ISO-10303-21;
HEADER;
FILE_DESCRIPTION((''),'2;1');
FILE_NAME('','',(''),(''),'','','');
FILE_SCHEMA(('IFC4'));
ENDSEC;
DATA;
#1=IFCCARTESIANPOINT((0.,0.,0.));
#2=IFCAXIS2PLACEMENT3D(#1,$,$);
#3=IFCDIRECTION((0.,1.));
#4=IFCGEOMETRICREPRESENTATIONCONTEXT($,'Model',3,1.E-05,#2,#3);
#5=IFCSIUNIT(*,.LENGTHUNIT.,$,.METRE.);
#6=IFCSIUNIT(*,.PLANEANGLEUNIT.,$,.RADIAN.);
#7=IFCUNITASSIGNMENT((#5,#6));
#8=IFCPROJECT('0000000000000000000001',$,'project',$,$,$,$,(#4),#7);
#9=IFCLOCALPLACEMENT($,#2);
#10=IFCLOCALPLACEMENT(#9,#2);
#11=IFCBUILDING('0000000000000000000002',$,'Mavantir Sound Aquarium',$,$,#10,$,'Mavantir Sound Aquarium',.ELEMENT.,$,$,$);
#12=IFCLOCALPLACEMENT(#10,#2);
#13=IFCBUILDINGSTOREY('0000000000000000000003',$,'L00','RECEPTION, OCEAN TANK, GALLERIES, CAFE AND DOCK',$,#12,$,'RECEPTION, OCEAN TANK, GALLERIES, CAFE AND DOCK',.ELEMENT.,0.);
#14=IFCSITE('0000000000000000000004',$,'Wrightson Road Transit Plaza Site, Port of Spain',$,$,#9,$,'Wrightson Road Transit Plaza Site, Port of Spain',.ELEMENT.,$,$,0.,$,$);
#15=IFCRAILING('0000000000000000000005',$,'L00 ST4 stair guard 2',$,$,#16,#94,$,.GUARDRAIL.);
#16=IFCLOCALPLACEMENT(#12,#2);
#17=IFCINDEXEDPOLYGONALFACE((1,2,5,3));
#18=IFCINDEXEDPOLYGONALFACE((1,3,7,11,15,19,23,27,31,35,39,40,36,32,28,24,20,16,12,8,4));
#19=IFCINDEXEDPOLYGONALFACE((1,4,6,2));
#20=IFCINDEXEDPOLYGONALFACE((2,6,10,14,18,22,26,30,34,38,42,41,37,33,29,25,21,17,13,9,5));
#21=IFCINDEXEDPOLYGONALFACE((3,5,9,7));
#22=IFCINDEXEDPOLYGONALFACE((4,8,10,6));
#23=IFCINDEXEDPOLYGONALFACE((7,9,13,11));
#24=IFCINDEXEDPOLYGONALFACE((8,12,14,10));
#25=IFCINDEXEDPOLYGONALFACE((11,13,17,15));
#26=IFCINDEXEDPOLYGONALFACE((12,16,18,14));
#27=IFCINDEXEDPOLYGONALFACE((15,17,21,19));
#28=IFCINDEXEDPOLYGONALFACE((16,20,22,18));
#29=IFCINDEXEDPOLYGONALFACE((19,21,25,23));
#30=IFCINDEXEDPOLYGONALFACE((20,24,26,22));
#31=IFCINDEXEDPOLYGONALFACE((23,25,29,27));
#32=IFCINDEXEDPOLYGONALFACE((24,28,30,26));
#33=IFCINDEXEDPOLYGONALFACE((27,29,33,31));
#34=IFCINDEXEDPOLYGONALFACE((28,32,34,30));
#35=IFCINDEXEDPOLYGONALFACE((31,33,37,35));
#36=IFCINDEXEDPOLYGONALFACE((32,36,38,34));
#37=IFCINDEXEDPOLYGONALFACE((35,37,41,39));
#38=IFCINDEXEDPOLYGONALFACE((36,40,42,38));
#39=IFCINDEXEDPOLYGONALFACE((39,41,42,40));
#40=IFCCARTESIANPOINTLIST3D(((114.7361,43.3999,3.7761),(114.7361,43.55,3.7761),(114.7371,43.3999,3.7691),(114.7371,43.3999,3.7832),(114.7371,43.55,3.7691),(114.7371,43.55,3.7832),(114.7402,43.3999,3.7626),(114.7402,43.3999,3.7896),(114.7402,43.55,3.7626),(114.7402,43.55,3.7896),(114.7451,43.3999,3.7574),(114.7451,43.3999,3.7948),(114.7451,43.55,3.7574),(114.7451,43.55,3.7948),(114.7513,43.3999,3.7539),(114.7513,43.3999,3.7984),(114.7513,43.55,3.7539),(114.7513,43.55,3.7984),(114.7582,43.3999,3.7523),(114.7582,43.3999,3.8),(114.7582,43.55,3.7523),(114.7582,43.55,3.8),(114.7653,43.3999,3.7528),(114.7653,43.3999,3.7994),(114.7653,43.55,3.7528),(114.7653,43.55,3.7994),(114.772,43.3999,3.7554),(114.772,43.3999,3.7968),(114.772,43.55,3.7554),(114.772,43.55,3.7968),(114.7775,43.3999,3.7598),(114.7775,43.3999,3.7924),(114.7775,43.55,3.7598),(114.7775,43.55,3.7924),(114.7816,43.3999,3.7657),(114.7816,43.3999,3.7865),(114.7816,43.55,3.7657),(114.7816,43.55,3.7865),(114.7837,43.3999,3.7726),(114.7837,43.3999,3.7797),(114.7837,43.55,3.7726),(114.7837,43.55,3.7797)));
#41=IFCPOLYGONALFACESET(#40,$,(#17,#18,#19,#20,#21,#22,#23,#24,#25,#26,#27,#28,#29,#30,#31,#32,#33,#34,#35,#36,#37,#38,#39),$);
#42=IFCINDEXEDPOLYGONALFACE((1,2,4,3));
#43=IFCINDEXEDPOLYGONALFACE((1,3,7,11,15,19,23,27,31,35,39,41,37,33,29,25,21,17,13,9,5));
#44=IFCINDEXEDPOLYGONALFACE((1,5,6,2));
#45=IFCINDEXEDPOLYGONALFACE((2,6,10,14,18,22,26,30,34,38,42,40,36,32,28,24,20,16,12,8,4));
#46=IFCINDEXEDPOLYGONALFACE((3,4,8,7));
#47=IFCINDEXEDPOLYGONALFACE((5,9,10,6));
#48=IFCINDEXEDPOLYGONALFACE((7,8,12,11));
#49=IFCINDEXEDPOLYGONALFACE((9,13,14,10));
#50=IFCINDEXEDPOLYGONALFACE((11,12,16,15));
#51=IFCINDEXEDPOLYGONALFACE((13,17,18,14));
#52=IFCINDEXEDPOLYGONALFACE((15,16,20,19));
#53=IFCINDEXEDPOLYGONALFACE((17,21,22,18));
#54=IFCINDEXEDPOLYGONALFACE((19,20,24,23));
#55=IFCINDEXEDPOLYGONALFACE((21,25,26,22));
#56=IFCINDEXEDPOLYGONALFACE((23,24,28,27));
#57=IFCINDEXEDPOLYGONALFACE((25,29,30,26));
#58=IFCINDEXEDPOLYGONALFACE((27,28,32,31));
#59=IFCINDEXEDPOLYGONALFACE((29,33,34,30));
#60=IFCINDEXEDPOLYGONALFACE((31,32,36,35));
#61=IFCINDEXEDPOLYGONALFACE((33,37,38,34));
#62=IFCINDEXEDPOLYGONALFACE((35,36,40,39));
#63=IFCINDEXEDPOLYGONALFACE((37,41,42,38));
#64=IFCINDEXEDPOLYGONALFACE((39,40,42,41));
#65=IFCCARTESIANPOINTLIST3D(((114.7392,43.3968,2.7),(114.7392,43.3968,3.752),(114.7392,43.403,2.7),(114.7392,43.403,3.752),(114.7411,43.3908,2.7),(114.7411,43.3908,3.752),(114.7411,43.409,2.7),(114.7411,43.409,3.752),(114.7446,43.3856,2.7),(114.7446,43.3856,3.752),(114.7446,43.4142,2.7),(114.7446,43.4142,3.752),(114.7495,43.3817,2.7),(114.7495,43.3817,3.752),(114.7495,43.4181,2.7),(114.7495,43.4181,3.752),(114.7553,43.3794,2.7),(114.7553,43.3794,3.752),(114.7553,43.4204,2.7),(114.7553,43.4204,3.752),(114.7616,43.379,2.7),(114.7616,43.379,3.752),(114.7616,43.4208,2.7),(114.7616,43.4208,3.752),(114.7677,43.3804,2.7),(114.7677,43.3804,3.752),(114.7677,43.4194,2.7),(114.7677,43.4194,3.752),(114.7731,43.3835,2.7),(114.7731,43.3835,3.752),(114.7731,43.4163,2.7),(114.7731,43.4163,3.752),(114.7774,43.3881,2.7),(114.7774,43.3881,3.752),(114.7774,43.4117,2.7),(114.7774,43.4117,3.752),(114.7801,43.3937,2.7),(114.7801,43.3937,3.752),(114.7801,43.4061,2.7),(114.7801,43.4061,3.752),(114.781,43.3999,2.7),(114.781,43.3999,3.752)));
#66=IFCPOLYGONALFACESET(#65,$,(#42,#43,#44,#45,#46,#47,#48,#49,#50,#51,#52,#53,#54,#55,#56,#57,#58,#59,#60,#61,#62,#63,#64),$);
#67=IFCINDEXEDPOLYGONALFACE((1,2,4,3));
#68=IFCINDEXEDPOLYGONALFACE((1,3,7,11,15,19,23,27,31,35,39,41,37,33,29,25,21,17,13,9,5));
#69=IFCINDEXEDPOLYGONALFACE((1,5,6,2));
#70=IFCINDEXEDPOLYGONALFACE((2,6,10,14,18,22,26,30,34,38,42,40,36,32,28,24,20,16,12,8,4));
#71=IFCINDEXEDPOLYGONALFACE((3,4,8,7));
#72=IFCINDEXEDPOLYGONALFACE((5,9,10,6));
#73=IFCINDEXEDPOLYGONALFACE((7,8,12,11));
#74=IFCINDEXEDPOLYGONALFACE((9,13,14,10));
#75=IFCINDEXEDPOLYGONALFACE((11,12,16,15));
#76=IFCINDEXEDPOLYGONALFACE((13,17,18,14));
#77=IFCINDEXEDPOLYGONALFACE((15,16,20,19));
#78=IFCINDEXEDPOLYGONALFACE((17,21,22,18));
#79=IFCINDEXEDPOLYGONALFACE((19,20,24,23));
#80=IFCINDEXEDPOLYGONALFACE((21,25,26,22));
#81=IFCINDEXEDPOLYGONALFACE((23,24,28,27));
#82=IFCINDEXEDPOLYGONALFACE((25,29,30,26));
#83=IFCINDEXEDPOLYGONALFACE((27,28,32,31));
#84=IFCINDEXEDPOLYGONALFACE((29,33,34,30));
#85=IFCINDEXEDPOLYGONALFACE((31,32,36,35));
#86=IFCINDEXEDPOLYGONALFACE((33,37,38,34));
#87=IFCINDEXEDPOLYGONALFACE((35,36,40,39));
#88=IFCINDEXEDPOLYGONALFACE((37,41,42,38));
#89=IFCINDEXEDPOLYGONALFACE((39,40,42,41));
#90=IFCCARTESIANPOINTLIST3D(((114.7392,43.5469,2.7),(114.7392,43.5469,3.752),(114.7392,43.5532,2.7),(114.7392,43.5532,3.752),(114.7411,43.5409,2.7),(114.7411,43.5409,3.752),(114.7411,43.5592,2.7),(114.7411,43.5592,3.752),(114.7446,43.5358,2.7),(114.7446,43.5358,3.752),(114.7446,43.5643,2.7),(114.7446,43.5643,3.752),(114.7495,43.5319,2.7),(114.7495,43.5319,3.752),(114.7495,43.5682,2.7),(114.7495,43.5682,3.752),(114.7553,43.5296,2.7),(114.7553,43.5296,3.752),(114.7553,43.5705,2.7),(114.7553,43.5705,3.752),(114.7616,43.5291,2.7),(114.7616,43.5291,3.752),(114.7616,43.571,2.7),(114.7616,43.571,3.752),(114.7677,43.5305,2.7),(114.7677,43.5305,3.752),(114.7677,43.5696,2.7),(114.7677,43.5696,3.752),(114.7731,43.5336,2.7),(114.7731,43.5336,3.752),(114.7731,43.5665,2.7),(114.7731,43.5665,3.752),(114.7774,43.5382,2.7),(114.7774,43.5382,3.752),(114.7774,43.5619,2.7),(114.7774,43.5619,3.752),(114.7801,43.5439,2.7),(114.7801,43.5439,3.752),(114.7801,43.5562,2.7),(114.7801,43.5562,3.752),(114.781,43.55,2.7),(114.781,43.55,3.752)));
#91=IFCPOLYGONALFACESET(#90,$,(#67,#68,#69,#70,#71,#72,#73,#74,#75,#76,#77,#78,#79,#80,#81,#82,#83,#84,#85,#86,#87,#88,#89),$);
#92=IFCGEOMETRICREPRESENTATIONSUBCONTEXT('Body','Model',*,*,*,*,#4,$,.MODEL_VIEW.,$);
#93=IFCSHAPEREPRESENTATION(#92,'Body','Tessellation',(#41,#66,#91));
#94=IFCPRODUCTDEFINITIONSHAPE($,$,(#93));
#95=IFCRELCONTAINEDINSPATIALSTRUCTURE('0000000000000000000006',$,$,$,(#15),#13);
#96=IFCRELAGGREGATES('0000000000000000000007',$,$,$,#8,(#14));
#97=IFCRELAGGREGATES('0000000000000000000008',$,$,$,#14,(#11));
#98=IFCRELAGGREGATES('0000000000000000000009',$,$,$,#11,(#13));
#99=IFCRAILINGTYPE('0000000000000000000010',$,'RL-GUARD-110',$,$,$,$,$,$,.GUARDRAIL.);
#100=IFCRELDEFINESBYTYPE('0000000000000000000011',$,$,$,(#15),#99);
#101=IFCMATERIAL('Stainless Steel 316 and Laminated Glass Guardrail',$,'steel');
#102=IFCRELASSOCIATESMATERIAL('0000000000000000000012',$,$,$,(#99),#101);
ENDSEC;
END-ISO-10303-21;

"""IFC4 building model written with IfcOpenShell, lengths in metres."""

from ifc_helpers import new_model, si_unit, direction, frame, origin, origin_2d, place, context, subcontext, project, spatial, circle, extrude, material, type_object, element, save


model = new_model("IFC4")

# Units and contexts
model_context = context("Model", 3, precision=1e-05, world=origin(), true_north=direction((0.0, 1.0)))
body_context = subcontext(model_context, "Body", "Model", "MODEL_VIEW")
ifc_project = project(units=[si_unit("LENGTHUNIT", "METRE"), si_unit("PLANEANGLEUNIT", "RADIAN")], contexts=[model_context])

# Site, building, storey
site_placement = place(None, origin())
site = spatial("IfcSite", under=ifc_project, at=site_placement, Name="Wrightson Road Transit Plaza Site, Port of Spain", LongName="Wrightson Road Transit Plaza Site, Port of Spain", CompositionType="ELEMENT", RefElevation=0.0)
building_placement = place(site_placement, origin())
building = spatial("IfcBuilding", under=site, at=building_placement, Name="Mavantir Sound Aquarium", LongName="Mavantir Sound Aquarium", CompositionType="ELEMENT")
storey_placement = place(building_placement, origin())
storey = spatial("IfcBuildingStorey", under=building, at=storey_placement, Name="L00", Description="RECEPTION, OCEAN TANK, GALLERIES, CAFE AND DOCK", LongName="RECEPTION, OCEAN TANK, GALLERIES, CAFE AND DOCK", CompositionType="ELEMENT", Elevation=0.0)

# Railing
ifc_material_1 = material(Name="Stainless Steel 316 and Laminated Glass Guardrail", Category="steel")
railing_type_1 = type_object("IfcRailingType", Name="RL-GUARD-110", PredefinedType="GUARDRAIL", material=ifc_material_1)
railing_1_placement = place(storey_placement, frame((114.76, 43.3999, 2.7)))
element("IfcRailing", 1, at=railing_1_placement, inside=storey, type_object=railing_type_1, Name="L00 ST4 stair guard 2", PredefinedType="GUARDRAIL", context=body_context, shape_type="SweptSolid", body=[
    extrude(circle(Radius=0.0239, at=origin_2d()), frame((0.0, 0.0, 1.0762), z_axis=(0.0, 1.0, 0.0), x_axis=(-1.0, 0.0, 0.0)), (0.0, 0.0, 1.0), 0.1501),
    extrude(circle(Radius=0.021, at=origin_2d()), origin(), (0.0, 0.0, 1.0), 1.052),
    extrude(circle(Radius=0.021, at=origin_2d()), frame((0.0, 0.1501, 0.0)), (0.0, 0.0, 1.0), 1.052),
])

save(model, "model.ifc")
